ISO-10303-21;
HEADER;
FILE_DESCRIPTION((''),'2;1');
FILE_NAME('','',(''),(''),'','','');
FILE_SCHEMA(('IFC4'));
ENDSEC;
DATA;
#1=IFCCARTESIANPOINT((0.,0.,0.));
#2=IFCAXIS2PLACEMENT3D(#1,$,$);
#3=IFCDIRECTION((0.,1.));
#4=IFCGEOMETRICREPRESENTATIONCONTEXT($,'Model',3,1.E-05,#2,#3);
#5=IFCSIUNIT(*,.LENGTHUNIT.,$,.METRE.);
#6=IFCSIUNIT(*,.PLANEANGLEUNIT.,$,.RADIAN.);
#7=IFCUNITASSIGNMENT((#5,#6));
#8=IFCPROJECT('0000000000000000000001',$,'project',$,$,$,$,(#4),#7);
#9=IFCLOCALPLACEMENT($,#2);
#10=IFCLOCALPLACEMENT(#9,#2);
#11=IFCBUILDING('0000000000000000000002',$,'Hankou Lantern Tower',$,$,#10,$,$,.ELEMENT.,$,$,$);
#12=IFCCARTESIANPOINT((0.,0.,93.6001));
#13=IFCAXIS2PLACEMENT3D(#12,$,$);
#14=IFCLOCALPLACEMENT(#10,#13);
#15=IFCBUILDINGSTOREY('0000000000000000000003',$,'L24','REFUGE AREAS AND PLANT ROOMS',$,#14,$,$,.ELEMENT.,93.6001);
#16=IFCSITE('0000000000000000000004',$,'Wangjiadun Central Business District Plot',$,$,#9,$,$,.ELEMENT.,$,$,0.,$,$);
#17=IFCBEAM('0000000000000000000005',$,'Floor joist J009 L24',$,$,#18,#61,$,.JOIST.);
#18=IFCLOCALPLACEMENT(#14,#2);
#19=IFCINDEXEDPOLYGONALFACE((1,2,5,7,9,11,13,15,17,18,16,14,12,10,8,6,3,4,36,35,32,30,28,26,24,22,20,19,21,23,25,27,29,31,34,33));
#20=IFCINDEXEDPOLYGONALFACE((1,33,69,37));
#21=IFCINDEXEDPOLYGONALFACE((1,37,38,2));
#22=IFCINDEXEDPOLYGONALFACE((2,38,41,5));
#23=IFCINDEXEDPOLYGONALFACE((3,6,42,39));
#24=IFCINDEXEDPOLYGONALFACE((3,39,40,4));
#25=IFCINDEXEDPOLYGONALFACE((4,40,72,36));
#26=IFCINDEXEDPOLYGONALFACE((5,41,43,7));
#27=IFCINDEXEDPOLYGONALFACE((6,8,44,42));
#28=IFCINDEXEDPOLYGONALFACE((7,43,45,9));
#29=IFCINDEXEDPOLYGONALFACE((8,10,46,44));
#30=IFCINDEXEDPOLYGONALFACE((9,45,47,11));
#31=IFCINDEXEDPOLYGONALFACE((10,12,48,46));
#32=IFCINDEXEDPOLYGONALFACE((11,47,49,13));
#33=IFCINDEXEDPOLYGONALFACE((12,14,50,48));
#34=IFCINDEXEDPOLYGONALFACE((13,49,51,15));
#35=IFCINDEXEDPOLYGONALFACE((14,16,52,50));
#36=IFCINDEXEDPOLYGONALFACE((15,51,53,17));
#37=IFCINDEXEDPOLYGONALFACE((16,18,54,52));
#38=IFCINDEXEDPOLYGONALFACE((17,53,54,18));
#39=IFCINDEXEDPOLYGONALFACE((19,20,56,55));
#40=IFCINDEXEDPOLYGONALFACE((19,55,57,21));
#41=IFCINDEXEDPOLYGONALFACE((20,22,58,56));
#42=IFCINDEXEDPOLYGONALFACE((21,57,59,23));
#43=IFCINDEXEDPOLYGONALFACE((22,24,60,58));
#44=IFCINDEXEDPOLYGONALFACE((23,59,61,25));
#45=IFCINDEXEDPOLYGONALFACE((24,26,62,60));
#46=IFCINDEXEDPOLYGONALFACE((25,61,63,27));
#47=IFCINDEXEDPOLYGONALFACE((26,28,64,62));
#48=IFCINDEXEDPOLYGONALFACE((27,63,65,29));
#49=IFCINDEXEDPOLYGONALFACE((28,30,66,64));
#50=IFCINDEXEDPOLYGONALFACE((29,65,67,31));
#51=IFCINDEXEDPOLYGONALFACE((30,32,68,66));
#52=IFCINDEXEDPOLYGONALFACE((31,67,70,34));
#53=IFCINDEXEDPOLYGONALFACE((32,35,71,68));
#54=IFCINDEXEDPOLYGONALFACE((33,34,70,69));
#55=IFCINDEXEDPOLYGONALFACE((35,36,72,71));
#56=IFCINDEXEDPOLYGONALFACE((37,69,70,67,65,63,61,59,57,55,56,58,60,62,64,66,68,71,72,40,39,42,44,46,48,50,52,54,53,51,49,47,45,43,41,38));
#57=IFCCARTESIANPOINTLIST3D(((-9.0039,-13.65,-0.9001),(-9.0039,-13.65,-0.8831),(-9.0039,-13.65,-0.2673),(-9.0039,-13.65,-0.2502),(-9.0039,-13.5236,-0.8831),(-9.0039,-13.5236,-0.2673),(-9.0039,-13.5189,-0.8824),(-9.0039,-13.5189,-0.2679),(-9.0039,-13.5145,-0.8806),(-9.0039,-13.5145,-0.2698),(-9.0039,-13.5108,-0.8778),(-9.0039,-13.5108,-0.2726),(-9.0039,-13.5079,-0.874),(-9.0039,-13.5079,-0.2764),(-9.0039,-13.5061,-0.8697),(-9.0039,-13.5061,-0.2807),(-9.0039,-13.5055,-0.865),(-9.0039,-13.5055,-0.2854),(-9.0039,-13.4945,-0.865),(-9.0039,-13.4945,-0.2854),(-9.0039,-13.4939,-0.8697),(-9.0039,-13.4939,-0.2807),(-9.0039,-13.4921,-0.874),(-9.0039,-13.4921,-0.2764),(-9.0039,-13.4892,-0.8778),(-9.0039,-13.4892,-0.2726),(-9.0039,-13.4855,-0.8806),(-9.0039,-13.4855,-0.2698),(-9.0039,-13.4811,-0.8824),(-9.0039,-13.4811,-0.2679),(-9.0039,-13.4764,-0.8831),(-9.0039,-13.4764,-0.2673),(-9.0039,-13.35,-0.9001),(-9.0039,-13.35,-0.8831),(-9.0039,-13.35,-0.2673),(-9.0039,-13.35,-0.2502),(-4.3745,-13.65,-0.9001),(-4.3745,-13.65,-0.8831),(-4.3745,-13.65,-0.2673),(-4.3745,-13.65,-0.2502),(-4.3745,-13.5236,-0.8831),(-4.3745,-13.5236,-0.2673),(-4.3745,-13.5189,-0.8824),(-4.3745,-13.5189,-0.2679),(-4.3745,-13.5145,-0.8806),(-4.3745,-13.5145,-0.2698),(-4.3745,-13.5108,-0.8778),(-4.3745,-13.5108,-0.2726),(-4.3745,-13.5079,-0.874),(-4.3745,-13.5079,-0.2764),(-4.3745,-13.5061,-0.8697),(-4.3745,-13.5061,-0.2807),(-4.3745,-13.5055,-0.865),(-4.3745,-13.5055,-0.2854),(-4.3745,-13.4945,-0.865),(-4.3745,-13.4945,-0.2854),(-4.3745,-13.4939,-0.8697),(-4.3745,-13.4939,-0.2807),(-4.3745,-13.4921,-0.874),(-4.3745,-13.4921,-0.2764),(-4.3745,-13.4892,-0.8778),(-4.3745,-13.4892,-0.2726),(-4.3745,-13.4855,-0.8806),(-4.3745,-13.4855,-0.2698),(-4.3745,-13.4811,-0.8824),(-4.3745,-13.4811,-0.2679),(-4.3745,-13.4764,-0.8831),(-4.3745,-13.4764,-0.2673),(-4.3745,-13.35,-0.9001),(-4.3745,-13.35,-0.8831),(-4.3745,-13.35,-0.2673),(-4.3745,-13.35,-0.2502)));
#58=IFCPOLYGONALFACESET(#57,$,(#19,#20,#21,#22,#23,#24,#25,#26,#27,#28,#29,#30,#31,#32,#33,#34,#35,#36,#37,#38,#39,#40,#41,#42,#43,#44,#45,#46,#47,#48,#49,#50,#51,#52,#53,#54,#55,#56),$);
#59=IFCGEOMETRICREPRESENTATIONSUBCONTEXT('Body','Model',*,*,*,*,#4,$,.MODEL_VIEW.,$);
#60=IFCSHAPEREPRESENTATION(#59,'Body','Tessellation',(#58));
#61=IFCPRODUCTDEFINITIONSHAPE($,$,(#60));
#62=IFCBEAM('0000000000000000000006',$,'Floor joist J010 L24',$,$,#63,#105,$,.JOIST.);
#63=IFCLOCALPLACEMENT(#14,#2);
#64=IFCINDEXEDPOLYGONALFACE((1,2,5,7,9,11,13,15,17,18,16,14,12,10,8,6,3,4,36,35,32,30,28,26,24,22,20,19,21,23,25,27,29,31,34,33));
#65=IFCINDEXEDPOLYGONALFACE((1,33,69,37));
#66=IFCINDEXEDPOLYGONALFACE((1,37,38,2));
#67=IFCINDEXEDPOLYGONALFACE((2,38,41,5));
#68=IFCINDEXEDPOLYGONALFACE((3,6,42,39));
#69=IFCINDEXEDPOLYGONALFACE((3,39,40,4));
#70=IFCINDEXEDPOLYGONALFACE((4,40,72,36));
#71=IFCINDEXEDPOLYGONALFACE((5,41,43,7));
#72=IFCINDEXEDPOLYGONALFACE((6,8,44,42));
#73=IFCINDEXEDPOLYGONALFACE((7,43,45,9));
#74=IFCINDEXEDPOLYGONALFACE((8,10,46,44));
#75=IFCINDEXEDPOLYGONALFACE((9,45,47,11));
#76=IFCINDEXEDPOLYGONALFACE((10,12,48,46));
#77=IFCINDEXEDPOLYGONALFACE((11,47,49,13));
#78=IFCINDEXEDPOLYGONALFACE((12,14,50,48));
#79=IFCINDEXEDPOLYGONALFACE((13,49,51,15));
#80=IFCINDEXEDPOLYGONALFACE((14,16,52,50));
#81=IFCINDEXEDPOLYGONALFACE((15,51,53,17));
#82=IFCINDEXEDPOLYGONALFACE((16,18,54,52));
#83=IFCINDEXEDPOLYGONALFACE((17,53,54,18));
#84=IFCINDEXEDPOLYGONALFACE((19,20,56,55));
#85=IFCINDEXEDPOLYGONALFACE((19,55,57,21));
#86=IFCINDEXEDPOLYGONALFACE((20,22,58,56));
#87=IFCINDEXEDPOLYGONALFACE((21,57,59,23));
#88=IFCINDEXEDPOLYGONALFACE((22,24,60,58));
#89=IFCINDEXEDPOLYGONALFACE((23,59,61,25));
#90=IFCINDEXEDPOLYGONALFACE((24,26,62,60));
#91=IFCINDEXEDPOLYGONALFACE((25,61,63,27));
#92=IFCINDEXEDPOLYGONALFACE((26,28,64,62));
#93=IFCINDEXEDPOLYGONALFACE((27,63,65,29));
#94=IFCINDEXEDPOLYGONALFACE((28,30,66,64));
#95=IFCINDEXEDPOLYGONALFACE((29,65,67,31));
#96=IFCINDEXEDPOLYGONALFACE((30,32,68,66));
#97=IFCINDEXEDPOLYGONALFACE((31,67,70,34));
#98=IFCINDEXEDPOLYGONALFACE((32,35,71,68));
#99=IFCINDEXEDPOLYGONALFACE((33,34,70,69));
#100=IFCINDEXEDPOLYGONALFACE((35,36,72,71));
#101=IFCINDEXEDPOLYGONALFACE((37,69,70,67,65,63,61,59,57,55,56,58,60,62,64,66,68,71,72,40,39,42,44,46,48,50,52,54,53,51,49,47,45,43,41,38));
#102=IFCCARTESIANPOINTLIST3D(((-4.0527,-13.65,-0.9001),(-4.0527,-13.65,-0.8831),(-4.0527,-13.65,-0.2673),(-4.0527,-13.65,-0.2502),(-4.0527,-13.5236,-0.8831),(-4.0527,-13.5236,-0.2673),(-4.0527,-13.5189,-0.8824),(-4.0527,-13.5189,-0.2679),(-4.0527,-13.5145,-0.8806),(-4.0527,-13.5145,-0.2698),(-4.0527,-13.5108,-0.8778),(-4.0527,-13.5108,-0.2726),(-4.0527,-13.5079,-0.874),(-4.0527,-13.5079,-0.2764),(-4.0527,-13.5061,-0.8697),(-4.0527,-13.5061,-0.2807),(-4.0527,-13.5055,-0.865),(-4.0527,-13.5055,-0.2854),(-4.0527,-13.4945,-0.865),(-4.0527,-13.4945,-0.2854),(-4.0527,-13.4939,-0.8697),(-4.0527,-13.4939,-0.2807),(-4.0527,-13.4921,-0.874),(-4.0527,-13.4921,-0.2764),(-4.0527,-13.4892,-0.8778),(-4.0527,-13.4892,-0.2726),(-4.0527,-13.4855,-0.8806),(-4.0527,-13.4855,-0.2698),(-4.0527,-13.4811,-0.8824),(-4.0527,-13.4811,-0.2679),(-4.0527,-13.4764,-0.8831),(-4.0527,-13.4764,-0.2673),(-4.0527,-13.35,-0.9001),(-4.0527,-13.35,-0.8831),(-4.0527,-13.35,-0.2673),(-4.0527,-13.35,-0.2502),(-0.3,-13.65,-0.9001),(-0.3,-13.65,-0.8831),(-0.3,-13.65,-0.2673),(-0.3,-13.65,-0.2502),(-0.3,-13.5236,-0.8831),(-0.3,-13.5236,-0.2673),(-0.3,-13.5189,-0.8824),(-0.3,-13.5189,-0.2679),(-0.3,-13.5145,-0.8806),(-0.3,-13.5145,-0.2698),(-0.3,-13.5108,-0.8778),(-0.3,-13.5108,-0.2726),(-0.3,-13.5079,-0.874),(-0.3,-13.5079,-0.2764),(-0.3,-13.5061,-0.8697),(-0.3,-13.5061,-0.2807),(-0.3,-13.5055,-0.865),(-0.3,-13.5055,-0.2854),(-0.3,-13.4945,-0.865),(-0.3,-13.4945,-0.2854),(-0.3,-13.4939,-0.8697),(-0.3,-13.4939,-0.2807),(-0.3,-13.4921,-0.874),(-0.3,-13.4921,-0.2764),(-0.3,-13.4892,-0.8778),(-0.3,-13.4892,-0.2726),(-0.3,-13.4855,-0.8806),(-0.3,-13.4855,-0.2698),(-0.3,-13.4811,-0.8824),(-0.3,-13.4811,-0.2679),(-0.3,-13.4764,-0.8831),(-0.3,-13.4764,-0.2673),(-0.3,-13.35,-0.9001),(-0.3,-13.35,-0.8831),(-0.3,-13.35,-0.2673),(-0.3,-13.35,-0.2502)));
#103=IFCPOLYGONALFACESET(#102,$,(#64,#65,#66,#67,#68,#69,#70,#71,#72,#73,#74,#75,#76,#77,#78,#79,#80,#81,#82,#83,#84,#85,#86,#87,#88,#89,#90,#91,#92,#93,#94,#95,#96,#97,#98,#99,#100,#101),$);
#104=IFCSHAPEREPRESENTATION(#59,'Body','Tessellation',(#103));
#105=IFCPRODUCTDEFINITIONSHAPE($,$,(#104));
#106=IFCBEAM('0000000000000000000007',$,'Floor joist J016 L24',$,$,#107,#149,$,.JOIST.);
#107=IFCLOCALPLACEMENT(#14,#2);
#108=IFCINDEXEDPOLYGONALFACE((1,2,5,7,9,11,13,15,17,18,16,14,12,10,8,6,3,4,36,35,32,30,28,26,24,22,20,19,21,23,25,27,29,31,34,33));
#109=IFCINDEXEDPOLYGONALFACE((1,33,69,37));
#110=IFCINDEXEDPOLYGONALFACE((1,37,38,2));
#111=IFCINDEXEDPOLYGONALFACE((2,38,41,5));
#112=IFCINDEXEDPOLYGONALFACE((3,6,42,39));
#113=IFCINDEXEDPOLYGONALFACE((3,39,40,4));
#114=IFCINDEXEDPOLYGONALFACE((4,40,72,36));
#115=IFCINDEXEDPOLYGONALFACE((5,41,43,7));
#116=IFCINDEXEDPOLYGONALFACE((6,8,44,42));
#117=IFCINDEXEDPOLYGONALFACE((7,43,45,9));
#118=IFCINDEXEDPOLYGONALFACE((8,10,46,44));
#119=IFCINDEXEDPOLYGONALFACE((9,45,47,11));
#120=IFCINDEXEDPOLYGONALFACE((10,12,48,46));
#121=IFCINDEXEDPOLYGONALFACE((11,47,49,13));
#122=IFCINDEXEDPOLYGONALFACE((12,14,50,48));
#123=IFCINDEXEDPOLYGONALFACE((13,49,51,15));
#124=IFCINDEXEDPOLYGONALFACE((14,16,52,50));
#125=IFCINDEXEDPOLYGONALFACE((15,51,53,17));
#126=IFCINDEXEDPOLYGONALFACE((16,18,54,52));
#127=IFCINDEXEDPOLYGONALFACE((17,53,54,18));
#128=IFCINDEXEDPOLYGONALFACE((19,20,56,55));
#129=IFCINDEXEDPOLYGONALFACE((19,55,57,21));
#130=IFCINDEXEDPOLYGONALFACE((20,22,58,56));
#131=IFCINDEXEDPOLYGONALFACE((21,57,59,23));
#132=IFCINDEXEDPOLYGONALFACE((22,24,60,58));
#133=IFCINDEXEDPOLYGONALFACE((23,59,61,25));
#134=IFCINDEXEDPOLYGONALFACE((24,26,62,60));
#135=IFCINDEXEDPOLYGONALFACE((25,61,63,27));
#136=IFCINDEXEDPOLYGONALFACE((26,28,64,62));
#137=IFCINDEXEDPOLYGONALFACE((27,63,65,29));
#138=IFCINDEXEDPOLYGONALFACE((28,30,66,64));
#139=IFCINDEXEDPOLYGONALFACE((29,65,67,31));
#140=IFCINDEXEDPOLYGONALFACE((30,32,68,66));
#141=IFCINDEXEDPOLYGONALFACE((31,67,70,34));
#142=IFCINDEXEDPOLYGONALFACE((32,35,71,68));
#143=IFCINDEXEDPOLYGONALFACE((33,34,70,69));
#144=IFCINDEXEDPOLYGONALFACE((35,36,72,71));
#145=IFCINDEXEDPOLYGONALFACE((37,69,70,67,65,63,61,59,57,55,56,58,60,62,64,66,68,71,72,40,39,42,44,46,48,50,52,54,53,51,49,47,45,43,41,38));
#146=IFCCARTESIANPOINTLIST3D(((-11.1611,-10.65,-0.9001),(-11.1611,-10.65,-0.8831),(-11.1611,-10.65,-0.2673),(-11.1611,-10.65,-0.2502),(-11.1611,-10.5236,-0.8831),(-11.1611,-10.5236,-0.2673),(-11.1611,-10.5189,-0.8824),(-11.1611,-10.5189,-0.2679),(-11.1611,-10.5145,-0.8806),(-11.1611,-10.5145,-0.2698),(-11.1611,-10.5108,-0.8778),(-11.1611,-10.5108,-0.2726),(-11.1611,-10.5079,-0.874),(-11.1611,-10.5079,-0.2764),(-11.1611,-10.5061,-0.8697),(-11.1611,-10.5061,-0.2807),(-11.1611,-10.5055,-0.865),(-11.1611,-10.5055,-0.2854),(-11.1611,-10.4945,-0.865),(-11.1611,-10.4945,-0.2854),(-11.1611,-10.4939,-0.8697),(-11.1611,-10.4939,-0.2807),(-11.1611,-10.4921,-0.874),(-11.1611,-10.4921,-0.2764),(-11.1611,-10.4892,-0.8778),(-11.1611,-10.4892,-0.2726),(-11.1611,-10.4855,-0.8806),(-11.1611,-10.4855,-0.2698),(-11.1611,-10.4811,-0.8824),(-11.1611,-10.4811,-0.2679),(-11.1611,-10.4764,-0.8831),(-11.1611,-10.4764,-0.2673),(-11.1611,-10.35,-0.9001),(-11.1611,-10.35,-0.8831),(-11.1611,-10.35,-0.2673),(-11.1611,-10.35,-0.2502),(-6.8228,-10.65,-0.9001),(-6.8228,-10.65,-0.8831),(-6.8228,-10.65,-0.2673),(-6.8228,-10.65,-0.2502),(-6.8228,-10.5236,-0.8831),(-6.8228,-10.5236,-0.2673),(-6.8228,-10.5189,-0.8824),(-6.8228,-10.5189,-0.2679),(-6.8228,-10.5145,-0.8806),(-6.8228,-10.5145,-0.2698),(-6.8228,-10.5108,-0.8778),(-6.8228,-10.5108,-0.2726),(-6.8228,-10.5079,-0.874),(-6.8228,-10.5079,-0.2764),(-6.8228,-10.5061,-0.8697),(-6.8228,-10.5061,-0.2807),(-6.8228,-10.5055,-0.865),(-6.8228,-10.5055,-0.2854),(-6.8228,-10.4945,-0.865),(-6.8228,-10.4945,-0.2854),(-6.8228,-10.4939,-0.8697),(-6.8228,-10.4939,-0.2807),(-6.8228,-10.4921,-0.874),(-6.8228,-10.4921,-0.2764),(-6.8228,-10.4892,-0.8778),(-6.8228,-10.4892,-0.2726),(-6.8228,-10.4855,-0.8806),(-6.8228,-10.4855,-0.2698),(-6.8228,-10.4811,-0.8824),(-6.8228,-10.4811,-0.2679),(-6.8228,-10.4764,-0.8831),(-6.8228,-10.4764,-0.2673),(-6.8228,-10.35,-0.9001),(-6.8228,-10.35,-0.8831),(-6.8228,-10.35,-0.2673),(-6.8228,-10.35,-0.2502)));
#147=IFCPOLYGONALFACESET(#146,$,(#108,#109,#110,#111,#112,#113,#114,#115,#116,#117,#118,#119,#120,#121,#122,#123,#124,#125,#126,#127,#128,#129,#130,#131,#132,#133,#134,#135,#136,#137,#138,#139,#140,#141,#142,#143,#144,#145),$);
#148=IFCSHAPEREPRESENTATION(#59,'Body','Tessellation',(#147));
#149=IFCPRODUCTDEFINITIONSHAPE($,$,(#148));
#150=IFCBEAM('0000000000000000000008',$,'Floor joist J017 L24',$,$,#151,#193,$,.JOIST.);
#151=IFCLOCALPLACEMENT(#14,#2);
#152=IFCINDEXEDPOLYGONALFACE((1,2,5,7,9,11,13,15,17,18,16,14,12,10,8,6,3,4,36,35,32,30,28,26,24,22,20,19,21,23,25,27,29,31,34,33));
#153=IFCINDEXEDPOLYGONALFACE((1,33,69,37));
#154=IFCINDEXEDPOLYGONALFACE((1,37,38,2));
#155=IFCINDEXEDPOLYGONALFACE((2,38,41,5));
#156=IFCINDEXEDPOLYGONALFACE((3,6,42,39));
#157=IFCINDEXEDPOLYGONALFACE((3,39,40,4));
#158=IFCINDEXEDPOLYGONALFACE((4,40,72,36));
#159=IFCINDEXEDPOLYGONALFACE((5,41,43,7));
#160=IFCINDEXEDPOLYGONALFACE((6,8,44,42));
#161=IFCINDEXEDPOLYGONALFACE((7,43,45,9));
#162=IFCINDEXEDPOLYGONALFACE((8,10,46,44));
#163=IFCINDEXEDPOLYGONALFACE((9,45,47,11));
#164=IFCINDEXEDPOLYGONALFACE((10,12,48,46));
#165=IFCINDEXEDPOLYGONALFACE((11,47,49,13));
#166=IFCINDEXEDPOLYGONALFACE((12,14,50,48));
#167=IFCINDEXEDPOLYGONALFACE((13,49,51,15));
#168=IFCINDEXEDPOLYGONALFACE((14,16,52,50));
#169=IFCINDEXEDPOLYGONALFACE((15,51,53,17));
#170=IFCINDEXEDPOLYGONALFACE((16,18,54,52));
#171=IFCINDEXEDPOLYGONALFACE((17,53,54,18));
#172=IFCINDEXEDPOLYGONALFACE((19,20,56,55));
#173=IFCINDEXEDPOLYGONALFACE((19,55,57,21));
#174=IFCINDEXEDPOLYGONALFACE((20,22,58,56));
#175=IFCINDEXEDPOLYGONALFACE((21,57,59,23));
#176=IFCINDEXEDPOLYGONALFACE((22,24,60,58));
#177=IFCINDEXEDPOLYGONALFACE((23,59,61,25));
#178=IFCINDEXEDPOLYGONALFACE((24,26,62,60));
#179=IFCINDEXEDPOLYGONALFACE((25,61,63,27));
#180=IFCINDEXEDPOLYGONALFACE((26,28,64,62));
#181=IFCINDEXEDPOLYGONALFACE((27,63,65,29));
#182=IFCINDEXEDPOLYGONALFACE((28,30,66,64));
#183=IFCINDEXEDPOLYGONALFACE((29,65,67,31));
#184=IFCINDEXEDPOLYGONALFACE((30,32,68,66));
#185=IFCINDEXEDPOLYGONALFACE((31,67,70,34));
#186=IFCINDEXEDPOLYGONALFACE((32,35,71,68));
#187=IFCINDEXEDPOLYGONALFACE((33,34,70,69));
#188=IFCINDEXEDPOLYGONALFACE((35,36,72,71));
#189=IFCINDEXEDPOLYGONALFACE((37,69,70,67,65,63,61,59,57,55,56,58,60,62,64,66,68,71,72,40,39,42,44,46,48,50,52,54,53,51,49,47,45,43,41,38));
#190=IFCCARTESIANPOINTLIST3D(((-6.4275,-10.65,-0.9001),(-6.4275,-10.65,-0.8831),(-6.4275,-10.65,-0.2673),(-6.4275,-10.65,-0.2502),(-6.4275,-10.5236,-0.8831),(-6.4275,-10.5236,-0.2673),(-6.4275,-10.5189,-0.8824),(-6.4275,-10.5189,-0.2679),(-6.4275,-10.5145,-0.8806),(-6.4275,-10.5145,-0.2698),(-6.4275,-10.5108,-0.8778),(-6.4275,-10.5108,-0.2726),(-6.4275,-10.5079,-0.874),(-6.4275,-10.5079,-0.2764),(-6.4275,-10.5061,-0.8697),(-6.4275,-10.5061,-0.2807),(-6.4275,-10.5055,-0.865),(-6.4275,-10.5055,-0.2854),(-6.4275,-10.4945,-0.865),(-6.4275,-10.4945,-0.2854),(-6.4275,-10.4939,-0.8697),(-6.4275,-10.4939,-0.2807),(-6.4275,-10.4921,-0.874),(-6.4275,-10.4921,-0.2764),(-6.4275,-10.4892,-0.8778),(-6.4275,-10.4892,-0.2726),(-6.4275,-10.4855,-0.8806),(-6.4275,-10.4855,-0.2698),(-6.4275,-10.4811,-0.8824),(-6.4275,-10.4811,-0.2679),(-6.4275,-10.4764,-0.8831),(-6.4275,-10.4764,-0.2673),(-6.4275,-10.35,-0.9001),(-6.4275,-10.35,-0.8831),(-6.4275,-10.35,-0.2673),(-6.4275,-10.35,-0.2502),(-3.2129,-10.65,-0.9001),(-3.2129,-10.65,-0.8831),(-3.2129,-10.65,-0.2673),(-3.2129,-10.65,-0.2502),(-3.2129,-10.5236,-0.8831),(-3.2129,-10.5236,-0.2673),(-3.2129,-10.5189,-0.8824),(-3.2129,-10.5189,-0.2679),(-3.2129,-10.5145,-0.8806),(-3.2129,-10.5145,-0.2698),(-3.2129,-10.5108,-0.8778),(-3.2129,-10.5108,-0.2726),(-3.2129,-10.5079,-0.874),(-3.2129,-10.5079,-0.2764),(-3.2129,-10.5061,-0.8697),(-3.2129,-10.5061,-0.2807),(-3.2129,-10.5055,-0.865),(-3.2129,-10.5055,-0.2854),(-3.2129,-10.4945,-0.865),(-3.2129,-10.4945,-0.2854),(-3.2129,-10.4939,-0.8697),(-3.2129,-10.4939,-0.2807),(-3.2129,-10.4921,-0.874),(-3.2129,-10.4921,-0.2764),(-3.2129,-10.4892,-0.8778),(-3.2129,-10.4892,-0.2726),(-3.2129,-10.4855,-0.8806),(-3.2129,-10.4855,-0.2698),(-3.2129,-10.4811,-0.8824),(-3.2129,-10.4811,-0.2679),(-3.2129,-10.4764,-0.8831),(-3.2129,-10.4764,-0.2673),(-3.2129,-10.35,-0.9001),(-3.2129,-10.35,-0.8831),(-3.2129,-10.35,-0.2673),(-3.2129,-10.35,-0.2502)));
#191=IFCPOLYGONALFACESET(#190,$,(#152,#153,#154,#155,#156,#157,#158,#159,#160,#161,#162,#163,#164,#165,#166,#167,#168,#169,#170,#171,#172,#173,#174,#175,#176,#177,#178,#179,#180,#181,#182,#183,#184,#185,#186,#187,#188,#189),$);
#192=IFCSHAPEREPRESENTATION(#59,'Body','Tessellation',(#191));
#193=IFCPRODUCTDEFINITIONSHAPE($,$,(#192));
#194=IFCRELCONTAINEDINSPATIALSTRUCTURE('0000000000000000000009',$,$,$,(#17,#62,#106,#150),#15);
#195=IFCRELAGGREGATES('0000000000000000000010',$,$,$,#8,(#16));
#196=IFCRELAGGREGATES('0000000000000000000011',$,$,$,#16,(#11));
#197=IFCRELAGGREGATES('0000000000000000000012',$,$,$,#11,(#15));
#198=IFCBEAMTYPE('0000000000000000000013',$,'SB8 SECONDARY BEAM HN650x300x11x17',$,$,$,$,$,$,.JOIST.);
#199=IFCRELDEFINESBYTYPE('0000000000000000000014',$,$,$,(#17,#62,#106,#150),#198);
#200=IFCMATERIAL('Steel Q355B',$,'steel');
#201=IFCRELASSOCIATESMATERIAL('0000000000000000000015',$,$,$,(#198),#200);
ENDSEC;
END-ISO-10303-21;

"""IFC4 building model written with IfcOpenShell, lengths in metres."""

from ifc_helpers import new_model, si_unit, direction, frame, origin, origin_2d, place, context, subcontext, project, spatial, i_section, extrude, material, material_profile, profile_set, type_object, element, save


model = new_model("IFC4")

# Units and contexts
model_context = context("Model", 3, precision=1e-05, world=origin(), true_north=direction((0.0, 1.0)))
body_context = subcontext(model_context, "Body", "Model", "MODEL_VIEW")
ifc_project = project(units=[si_unit("LENGTHUNIT", "METRE"), si_unit("PLANEANGLEUNIT", "RADIAN")], contexts=[model_context])

# Site, building, storey
site_placement = place(None, origin())
site = spatial("IfcSite", under=ifc_project, at=site_placement, Name="Wangjiadun Central Business District Plot", CompositionType="ELEMENT", RefElevation=0.0)
building_placement = place(site_placement, origin())
building = spatial("IfcBuilding", under=site, at=building_placement, Name="Hankou Lantern Tower", CompositionType="ELEMENT")
storey_placement = place(building_placement, frame((0.0, 0.0, 93.6001)))
storey = spatial("IfcBuildingStorey", under=building, at=storey_placement, Name="L24", Description="REFUGE AREAS AND PLANT ROOMS", CompositionType="ELEMENT", Elevation=93.6001)

# Beams
ifc_material_1 = material(Name="Steel Q355B", Category="steel")
ifc_material_profile_1 = material_profile(ifc_material_1, i_section(OverallWidth=0.3, OverallDepth=0.6499, WebThickness=0.011, FlangeThickness=0.0171, FilletRadius=0.0181, at=origin_2d()), Name="HN650x300x11x17")
ifc_profile_set_1 = profile_set([ifc_material_profile_1], Name="Steel Q355B")
beam_type_1 = type_object("IfcBeamType", Name="SB8 SECONDARY BEAM HN650x300x11x17", PredefinedType="JOIST", material=ifc_profile_set_1)
beam_1_placement = place(storey_placement, frame((-9.0039, -13.5, -0.5752), z_axis=(1.0, 0.0, 0.0), x_axis=(0.0, 1.0, 0.0)))
element("IfcBeam", 1, at=beam_1_placement, inside=storey, type_object=beam_type_1, Name="Floor joist J009 L24", PredefinedType="JOIST", context=body_context, shape_type="SweptSolid", body=[
    extrude(i_section(OverallWidth=0.3, OverallDepth=0.6499, WebThickness=0.011, FlangeThickness=0.0171, FilletRadius=0.0181, at=origin_2d()), origin(), (0.0, 0.0, 1.0), 4.6294),
])
beam_2_placement = place(storey_placement, frame((-4.0527, -13.5, -0.5752), z_axis=(1.0, 0.0, 0.0), x_axis=(0.0, 1.0, 0.0)))
element("IfcBeam", 2, at=beam_2_placement, inside=storey, type_object=beam_type_1, Name="Floor joist J010 L24", PredefinedType="JOIST", context=body_context, shape_type="SweptSolid", body=[
    extrude(i_section(OverallWidth=0.3, OverallDepth=0.6499, WebThickness=0.011, FlangeThickness=0.0171, FilletRadius=0.0181, at=origin_2d()), origin(), (0.0, 0.0, 1.0), 3.7527),
])
beam_3_placement = place(storey_placement, frame((-11.1611, -10.5, -0.5752), z_axis=(1.0, 0.0, 0.0), x_axis=(0.0, 1.0, 0.0)))
element("IfcBeam", 3, at=beam_3_placement, inside=storey, type_object=beam_type_1, Name="Floor joist J016 L24", PredefinedType="JOIST", context=body_context, shape_type="SweptSolid", body=[
    extrude(i_section(OverallWidth=0.3, OverallDepth=0.6499, WebThickness=0.011, FlangeThickness=0.0171, FilletRadius=0.0181, at=origin_2d()), origin(), (0.0, 0.0, 1.0), 4.3384),
])
beam_4_placement = place(storey_placement, frame((-6.4275, -10.5, -0.5752), z_axis=(1.0, 0.0, 0.0), x_axis=(0.0, 1.0, 0.0)))
element("IfcBeam", 4, at=beam_4_placement, inside=storey, type_object=beam_type_1, Name="Floor joist J017 L24", PredefinedType="JOIST", context=body_context, shape_type="SweptSolid", body=[
    extrude(i_section(OverallWidth=0.3, OverallDepth=0.6499, WebThickness=0.011, FlangeThickness=0.0171, FilletRadius=0.0181, at=origin_2d()), origin(), (0.0, 0.0, 1.0), 3.2146),
])

save(model, "model.ifc")
